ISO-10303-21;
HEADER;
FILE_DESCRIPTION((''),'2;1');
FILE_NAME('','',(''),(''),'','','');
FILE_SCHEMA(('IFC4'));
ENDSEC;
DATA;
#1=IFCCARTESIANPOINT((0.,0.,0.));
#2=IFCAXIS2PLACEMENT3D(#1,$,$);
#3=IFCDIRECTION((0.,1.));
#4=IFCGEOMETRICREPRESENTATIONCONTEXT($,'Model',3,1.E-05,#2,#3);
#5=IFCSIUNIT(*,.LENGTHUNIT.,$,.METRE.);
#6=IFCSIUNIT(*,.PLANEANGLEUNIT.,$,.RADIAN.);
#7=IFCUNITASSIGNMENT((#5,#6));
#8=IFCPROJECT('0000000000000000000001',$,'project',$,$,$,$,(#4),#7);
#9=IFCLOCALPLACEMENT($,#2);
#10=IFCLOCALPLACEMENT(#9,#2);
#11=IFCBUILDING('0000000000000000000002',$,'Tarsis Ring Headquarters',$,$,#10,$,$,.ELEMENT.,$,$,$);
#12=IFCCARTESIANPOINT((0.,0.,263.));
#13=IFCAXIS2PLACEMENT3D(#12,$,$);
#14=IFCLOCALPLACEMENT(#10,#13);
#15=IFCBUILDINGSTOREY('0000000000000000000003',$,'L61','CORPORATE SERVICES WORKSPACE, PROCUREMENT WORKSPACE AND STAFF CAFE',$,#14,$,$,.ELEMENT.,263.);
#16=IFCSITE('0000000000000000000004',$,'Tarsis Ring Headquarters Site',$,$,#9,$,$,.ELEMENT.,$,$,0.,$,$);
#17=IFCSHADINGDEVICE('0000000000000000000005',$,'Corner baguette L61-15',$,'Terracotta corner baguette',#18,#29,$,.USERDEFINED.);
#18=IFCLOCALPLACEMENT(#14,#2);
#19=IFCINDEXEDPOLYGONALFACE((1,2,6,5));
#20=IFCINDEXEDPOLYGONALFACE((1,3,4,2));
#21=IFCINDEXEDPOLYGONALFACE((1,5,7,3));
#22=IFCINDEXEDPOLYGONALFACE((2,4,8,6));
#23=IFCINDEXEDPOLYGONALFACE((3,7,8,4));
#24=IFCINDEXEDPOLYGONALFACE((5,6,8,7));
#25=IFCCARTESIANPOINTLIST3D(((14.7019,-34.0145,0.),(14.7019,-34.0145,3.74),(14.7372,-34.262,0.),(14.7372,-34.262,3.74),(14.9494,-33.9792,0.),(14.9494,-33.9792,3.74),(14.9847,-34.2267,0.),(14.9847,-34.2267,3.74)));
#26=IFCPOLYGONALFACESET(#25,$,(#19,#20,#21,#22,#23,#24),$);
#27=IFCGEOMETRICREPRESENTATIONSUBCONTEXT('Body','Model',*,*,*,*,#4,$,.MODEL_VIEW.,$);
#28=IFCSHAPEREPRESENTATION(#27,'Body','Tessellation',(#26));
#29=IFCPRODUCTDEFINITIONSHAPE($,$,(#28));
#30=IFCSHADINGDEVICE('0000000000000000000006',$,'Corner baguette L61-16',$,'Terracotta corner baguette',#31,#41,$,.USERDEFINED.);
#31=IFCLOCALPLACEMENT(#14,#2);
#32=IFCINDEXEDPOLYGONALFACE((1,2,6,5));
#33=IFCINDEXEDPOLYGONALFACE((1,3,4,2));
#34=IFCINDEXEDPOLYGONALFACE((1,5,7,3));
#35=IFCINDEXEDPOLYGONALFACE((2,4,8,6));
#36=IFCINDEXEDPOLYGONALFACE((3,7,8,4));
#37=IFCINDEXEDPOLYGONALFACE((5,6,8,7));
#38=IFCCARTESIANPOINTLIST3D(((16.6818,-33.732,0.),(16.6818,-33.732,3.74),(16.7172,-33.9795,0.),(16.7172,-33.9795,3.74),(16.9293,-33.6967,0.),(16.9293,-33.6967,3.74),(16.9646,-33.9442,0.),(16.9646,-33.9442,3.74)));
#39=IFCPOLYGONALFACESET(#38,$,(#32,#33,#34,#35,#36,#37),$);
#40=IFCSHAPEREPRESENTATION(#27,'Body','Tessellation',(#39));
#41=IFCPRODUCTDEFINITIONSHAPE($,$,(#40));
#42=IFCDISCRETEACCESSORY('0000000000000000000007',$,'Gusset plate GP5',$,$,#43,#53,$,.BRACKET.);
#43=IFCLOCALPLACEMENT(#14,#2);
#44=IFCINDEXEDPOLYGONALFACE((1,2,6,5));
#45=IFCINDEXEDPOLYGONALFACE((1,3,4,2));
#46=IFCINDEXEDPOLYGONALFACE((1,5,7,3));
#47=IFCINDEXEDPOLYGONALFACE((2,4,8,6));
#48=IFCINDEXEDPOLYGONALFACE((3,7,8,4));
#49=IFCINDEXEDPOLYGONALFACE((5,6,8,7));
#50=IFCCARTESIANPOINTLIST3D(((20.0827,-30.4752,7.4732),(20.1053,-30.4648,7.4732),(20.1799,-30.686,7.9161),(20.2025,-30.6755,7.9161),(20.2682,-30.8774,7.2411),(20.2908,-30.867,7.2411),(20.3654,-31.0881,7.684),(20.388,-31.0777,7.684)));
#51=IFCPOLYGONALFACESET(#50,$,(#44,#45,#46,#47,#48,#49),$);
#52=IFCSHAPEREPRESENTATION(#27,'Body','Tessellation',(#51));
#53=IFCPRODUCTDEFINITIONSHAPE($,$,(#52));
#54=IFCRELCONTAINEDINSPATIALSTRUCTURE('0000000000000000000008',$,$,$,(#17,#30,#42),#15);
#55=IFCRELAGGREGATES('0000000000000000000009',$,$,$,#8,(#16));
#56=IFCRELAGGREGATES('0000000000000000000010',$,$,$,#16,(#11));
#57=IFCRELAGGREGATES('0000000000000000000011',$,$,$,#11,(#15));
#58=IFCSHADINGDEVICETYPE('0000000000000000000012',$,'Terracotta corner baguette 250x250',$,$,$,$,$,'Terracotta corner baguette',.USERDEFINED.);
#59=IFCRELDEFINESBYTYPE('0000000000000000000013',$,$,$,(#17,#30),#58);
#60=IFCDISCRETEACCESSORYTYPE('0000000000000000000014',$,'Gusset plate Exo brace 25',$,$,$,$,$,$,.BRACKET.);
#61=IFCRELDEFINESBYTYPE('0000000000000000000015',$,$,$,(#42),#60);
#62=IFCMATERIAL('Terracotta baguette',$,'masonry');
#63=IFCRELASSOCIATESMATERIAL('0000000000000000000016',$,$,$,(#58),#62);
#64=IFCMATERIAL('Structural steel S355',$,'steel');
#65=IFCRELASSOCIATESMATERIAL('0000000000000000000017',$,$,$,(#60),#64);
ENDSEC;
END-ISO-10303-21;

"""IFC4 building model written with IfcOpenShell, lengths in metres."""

from ifc_helpers import new_model, si_unit, direction, frame, origin, origin_2d, place, context, subcontext, project, spatial, rectangle, extrude, material, material_profile, profile_set, type_object, element, save


model = new_model("IFC4")

# Units and contexts
model_context = context("Model", 3, precision=1e-05, world=origin(), true_north=direction((0.0, 1.0)))
body_context = subcontext(model_context, "Body", "Model", "MODEL_VIEW")
ifc_project = project(units=[si_unit("LENGTHUNIT", "METRE"), si_unit("PLANEANGLEUNIT", "RADIAN")], contexts=[model_context])

# Site, building, storey
site_placement = place(None, origin())
site = spatial("IfcSite", under=ifc_project, at=site_placement, Name="Tarsis Ring Headquarters Site", CompositionType="ELEMENT", RefElevation=0.0)
building_placement = place(site_placement, origin())
building = spatial("IfcBuilding", under=site, at=building_placement, Name="Tarsis Ring Headquarters", CompositionType="ELEMENT")
storey_placement = place(building_placement, frame((0.0, 0.0, 263.0)))
storey = spatial("IfcBuildingStorey", under=building, at=storey_placement, Name="L61", Description="CORPORATE SERVICES WORKSPACE, PROCUREMENT WORKSPACE AND STAFF CAFE", CompositionType="ELEMENT", Elevation=263.0)

# Shared definitions
ifc_material_1 = material(Name="Structural steel S355", Category="steel")

# Shading devices
ifc_material_2 = material(Name="Terracotta baguette", Category="masonry")
shading_device_type_1 = type_object("IfcShadingDeviceType", Name="Terracotta corner baguette 250x250", ElementType="Terracotta corner baguette", PredefinedType="USERDEFINED", material=ifc_material_2)
for number, where, z_axis, x_axis, name in (
    (1, (14.8433, -34.1206, 0.0), (0.0, 0.0, 1.0), (-0.141246, 0.989974, 0.0), "Corner baguette L61-15"),
    (2, (16.8232, -33.8381, 0.0), (0.0, 0.0, 1.0), (0.989974, 0.141247, 0.0), "Corner baguette L61-16"),
):
    element("IfcShadingDevice", number, at=place(storey_placement, frame(where, z_axis=z_axis, x_axis=x_axis)), inside=storey, type_object=shading_device_type_1, Name=name, ObjectType="Terracotta corner baguette", PredefinedType="USERDEFINED", context=body_context, shape_type="SweptSolid", body=[
        extrude(rectangle(XDim=0.25, YDim=0.25, at=origin_2d()), origin(), (0.0, 0.0, 1.0), 3.74),
    ])

# Discrete accessory
ifc_material_profile_1 = material_profile(ifc_material_1, rectangle(XDim=0.0249, YDim=0.5, at=origin_2d()), Name="PL 25x500")
ifc_profile_set_1 = profile_set([ifc_material_profile_1], Name="Structural steel S355")
discrete_accessory_type = type_object("IfcDiscreteAccessoryType", Name="Gusset plate Exo brace 25", PredefinedType="BRACKET", material=ifc_profile_set_1)
discrete_accessory_placement = place(storey_placement, frame((20.2839, -30.8818, 7.8), z_axis=(-0.194348, 0.421414, -0.885799), x_axis=(-0.908083, -0.418791, 0.0)))
element("IfcDiscreteAccessory", 3, at=discrete_accessory_placement, inside=storey, type_object=discrete_accessory_type, Name="Gusset plate GP5", PredefinedType="BRACKET", context=body_context, shape_type="SweptSolid", body=[
    extrude(rectangle(XDim=0.0249, YDim=0.5, at=origin_2d()), origin(), (0.0, 0.0, 1.0), 0.5),
])

save(model, "model.ifc")
